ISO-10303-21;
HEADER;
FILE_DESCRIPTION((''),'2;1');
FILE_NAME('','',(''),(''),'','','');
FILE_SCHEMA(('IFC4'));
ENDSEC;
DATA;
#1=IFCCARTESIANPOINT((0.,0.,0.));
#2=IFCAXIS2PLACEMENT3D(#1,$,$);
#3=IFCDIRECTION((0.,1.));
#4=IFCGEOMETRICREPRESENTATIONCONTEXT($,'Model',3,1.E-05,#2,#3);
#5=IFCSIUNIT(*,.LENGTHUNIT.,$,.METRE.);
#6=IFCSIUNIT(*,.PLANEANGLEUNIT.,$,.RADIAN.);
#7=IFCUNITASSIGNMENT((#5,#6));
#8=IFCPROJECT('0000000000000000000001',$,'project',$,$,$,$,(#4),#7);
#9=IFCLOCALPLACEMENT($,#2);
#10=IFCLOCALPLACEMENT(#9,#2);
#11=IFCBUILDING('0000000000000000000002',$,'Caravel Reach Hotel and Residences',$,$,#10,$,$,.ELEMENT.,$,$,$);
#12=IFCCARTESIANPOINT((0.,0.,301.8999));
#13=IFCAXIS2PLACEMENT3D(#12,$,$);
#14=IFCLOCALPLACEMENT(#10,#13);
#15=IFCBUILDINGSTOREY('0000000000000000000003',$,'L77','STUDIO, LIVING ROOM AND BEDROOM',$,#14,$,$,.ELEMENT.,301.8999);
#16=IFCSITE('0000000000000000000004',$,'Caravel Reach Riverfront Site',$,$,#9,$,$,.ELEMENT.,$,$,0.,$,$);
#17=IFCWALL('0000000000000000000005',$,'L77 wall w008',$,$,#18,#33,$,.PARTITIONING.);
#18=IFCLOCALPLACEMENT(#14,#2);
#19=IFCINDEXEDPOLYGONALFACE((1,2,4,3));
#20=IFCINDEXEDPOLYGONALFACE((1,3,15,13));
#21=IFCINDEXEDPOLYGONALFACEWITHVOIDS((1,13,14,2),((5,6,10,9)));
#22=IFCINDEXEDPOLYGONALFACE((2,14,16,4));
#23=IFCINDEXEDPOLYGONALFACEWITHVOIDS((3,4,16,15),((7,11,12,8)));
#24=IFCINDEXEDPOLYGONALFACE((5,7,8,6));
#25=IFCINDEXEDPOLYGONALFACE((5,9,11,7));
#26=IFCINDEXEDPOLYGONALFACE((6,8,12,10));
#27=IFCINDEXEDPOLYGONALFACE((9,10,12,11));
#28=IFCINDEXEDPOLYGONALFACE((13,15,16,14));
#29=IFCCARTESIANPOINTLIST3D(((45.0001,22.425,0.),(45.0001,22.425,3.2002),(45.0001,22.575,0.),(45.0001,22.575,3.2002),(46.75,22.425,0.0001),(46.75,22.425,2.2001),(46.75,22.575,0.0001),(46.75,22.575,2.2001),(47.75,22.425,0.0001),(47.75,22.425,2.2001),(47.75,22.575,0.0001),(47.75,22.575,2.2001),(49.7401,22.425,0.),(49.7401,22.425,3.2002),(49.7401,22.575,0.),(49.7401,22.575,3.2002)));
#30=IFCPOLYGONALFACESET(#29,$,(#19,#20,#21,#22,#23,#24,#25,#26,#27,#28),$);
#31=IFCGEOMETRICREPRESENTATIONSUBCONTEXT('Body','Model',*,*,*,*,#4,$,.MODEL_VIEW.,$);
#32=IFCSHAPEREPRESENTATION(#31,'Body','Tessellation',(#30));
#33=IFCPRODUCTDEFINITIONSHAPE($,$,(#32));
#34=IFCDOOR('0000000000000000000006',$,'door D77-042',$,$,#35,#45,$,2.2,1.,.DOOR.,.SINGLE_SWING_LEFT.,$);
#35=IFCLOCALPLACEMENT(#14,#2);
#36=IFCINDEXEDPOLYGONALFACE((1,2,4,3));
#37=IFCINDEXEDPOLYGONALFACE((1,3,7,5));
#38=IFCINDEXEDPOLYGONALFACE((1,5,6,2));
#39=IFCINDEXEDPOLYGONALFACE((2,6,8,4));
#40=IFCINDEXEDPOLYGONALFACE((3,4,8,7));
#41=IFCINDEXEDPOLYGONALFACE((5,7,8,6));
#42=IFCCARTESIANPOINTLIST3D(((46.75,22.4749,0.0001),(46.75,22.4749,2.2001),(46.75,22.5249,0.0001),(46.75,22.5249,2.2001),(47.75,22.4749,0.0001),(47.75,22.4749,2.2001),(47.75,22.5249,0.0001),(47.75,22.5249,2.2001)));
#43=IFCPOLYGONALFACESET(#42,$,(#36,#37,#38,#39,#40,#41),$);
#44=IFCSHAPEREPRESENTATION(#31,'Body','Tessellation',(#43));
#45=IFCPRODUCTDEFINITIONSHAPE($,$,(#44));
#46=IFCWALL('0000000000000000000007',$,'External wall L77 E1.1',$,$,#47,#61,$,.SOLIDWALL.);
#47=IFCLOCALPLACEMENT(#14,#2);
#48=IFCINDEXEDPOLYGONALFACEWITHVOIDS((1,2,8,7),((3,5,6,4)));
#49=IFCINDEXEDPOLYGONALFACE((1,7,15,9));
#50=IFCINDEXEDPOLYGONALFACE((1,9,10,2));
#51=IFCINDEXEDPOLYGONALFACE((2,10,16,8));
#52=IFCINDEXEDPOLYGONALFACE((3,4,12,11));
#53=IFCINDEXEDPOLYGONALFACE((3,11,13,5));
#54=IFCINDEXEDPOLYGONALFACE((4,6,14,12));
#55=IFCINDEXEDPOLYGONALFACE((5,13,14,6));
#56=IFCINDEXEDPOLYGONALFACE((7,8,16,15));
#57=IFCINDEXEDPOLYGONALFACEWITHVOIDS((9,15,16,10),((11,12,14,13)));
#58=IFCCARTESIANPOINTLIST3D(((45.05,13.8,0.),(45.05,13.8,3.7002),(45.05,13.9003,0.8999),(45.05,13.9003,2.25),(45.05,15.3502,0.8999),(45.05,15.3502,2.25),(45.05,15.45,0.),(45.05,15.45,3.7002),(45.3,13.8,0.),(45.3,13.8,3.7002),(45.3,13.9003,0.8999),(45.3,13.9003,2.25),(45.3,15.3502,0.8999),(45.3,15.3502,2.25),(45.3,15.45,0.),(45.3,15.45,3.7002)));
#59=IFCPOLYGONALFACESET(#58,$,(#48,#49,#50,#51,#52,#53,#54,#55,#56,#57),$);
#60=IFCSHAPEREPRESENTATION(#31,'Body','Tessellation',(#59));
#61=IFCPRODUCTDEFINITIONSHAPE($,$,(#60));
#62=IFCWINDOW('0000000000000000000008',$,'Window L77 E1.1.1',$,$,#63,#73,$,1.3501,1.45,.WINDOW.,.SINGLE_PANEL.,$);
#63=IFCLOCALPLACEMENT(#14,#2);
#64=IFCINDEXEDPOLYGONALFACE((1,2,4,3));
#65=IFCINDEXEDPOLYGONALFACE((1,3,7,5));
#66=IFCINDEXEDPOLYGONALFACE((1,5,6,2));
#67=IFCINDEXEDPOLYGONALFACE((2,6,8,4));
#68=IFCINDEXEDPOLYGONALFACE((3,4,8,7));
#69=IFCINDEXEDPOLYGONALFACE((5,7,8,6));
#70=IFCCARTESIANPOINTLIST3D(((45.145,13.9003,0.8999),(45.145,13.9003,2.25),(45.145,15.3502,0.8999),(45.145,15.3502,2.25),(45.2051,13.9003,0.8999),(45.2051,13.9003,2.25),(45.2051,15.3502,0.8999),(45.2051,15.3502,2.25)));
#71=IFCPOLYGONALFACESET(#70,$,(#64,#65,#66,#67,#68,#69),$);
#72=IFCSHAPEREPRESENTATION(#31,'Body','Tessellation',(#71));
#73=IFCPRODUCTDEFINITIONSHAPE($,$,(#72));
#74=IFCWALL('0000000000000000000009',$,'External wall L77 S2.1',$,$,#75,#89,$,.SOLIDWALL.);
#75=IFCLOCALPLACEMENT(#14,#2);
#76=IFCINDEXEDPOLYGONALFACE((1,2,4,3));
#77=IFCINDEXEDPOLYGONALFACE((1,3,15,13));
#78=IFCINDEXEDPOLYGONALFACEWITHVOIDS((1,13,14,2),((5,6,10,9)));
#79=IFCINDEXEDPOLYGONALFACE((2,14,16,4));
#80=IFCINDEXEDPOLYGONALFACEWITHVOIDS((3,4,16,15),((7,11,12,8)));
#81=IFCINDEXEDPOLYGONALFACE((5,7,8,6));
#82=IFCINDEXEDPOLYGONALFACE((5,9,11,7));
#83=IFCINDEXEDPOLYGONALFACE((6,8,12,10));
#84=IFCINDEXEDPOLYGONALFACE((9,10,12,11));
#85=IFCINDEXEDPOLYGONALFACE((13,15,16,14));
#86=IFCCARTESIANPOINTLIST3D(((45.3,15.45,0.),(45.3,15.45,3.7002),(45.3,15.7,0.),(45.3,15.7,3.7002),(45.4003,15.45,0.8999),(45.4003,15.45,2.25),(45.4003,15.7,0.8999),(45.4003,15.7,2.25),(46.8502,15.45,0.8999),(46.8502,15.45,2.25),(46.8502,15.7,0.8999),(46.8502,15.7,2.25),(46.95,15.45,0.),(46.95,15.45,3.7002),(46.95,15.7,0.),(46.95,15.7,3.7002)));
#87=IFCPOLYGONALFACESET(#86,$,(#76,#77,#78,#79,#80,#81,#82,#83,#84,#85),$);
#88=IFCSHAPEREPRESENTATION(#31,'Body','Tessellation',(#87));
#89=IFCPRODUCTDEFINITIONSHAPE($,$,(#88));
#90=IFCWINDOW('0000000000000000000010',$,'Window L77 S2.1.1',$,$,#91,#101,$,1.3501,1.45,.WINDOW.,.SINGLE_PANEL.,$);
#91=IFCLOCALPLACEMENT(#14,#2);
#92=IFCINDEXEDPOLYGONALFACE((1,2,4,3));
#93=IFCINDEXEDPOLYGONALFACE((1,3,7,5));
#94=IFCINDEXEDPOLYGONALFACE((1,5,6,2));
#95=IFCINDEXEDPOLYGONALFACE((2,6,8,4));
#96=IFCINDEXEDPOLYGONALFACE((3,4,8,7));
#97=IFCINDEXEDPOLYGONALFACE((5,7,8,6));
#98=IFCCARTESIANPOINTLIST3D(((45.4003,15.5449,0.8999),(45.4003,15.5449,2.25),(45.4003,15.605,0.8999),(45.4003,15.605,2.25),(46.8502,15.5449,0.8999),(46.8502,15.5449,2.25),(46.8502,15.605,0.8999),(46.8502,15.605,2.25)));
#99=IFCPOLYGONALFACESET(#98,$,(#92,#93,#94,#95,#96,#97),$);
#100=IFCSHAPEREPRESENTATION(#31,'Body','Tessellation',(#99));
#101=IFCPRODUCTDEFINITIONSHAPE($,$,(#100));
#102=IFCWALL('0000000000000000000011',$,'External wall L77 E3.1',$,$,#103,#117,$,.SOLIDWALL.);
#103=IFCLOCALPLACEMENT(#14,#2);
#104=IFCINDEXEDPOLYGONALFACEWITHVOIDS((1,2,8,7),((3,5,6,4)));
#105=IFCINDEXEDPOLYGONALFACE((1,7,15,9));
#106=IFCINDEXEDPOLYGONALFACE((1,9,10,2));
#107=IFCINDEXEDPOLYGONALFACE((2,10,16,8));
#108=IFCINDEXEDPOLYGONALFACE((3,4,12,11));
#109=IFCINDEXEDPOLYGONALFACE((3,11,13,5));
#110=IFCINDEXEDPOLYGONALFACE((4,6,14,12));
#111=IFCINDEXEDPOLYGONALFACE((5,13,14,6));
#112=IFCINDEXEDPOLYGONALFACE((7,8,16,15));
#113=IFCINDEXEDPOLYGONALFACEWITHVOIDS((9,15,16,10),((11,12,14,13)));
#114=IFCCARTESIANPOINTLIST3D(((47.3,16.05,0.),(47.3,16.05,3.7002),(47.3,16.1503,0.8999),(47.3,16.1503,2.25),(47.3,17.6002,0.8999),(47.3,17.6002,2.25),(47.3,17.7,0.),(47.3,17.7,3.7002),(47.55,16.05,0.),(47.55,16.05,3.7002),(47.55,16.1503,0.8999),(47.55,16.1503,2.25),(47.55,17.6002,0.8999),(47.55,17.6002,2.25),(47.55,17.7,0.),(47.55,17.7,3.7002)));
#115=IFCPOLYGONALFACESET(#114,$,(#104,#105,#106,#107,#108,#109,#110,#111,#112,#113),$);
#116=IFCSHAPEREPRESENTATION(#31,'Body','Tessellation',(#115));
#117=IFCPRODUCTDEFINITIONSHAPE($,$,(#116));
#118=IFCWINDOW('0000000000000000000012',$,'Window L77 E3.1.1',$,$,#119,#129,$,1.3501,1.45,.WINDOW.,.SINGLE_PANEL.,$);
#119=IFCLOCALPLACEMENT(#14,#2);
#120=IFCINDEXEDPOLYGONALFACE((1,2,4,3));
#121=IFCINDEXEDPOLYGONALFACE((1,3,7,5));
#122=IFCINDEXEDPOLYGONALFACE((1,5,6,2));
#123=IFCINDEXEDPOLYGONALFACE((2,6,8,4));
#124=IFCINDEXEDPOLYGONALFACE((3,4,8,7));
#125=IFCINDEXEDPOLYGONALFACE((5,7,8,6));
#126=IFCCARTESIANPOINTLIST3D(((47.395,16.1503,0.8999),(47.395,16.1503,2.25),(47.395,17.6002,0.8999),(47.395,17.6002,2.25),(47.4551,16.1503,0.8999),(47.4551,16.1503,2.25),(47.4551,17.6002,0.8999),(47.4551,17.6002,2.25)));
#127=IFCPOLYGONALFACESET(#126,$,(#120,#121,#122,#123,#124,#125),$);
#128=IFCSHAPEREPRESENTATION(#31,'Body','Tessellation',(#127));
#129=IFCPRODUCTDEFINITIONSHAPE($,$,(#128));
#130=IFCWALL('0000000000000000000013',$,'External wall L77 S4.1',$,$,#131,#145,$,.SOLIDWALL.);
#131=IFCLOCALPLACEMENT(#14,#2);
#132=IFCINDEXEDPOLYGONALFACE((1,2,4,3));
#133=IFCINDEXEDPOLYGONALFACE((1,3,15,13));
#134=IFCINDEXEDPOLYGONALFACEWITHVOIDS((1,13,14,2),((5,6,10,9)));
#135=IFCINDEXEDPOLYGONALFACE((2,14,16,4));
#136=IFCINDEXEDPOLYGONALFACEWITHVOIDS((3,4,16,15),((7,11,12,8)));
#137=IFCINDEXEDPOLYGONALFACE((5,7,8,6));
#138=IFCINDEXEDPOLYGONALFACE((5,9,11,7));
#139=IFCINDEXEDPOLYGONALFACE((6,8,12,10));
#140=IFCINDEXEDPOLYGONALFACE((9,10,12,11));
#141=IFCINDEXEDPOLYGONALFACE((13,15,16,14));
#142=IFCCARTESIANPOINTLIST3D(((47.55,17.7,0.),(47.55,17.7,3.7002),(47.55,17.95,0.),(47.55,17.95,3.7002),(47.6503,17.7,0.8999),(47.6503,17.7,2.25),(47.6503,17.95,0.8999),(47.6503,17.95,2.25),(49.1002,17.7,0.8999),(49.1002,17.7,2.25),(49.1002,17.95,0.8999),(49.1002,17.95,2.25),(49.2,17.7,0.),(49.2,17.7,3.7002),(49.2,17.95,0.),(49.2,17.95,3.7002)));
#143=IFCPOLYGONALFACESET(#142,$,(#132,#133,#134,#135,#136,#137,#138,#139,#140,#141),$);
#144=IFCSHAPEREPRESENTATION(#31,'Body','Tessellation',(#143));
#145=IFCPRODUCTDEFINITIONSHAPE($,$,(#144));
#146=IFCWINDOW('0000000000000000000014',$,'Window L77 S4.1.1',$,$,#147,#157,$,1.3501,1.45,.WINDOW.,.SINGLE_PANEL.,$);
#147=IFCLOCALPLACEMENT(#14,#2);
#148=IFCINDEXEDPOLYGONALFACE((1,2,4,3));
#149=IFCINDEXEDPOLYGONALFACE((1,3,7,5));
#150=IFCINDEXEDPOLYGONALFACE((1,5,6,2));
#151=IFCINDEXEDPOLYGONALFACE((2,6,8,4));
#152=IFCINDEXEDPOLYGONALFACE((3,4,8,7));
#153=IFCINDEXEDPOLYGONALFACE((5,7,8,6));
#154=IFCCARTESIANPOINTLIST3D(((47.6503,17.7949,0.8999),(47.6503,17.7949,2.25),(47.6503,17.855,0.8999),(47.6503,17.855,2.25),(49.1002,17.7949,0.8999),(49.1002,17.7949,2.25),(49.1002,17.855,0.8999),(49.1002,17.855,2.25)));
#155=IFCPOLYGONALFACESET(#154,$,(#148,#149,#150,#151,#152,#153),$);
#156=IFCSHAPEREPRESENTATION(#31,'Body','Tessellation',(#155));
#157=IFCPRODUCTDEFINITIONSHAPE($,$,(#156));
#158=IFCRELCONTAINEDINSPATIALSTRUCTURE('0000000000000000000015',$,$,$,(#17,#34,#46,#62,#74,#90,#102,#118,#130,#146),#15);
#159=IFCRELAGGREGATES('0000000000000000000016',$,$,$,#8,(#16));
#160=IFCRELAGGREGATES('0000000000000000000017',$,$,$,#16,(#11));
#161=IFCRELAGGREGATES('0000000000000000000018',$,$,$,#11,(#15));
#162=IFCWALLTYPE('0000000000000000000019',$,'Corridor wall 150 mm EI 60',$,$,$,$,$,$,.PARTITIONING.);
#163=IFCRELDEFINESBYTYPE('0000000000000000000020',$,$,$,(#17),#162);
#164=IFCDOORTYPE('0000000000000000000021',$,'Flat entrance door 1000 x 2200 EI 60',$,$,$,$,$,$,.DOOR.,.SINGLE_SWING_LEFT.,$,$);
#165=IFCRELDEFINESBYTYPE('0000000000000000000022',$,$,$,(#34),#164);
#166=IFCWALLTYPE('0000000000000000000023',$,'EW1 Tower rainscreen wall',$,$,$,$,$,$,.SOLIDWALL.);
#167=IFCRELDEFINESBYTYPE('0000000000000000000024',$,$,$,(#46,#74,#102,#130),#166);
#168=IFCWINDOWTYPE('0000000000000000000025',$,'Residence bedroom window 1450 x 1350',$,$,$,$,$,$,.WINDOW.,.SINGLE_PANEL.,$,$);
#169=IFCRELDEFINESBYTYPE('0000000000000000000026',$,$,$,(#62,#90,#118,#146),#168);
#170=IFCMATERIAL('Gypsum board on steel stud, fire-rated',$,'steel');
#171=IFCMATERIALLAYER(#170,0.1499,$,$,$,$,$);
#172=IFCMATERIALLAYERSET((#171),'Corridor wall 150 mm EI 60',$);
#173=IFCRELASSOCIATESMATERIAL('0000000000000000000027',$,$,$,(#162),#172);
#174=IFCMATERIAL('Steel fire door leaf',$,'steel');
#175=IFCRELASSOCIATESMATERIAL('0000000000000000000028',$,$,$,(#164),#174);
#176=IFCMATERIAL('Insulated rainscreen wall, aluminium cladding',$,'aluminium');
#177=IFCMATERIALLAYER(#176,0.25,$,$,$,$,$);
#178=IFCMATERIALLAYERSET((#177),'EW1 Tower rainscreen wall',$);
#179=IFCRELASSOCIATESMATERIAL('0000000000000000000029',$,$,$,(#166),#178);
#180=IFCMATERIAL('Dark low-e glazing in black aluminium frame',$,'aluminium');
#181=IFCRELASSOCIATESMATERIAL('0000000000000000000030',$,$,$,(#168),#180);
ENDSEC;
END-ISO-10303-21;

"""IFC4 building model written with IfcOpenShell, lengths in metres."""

from ifc_helpers import new_model, si_unit, direction, frame, frame_2d, origin, place, context, subcontext, project, spatial, rectangle, extrude, material, layer, layer_set, type_object, element, fill, save


model = new_model("IFC4")

# Units and contexts
model_context = context("Model", 3, precision=1e-05, world=origin(), true_north=direction((0.0, 1.0)))
body_context = subcontext(model_context, "Body", "Model", "MODEL_VIEW")
ifc_project = project(units=[si_unit("LENGTHUNIT", "METRE"), si_unit("PLANEANGLEUNIT", "RADIAN")], contexts=[model_context])

# Site, building, storey
site_placement = place(None, origin())
site = spatial("IfcSite", under=ifc_project, at=site_placement, Name="Caravel Reach Riverfront Site", CompositionType="ELEMENT", RefElevation=0.0)
building_placement = place(site_placement, origin())
building = spatial("IfcBuilding", under=site, at=building_placement, Name="Caravel Reach Hotel and Residences", CompositionType="ELEMENT")
storey_placement = place(building_placement, frame((0.0, 0.0, 301.8999)))
storey = spatial("IfcBuildingStorey", under=building, at=storey_placement, Name="L77", Description="STUDIO, LIVING ROOM AND BEDROOM", CompositionType="ELEMENT", Elevation=301.8999)

# Wall, opening, door
ifc_material_1 = material(Name="Gypsum board on steel stud, fire-rated", Category="steel")
ifc_layer_1 = layer(ifc_material_1, 0.1499)
ifc_layer_set_1 = layer_set([ifc_layer_1], Name="Corridor wall 150 mm EI 60")
wall_type_1 = type_object("IfcWallType", Name="Corridor wall 150 mm EI 60", PredefinedType="PARTITIONING", material=ifc_layer_set_1)
wall_1_placement = place(storey_placement, frame((45.0, 22.5, 0.0), z_axis=(0.0, 0.0, 1.0), x_axis=(1.0, 0.0, 0.0)))
wall_1 = element("IfcWall", 1, at=wall_1_placement, inside=storey, type_object=wall_type_1, Name="L77 wall w008", PredefinedType="PARTITIONING", context=body_context, shape_type="SweptSolid", body=[
    extrude(rectangle(XDim=4.74, YDim=0.1499, at=frame_2d((2.3701, 0.0))), origin(), (0.0, 0.0, 1.0), 3.2002),
])
opening_1_placement = place(wall_1_placement, frame((1.75, 0.0, 0.0)))
opening_1 = element("IfcOpeningElement", 2, at=opening_1_placement, cuts=wall_1, PredefinedType="OPENING", context=body_context, shape_type="SweptSolid", body=[
    extrude(rectangle(XDim=1.0, YDim=2.2, at=frame_2d((0.5, 1.1001))), frame((0.0, 0.085, 0.0), z_axis=(0.0, -1.0, 0.0), x_axis=(1.0, 0.0, 0.0)), (0.0, 0.0, 1.0), 0.1699),
])
ifc_material_2 = material(Name="Steel fire door leaf", Category="steel")
door_type = type_object("IfcDoorType", Name="Flat entrance door 1000 x 2200 EI 60", OperationType="SINGLE_SWING_LEFT", PredefinedType="DOOR", material=ifc_material_2)
door_placement = place(opening_1_placement, origin())
door = element("IfcDoor", 3, at=door_placement, inside=storey, type_object=door_type, Name="door D77-042", OperationType="SINGLE_SWING_LEFT", OverallHeight=2.2, OverallWidth=1.0, PredefinedType="DOOR", context=body_context, shape_type="SweptSolid", body=[
    extrude(rectangle(XDim=1.0, YDim=2.2, at=frame_2d((0.5, 1.1001))), frame((0.0, 0.0249, 0.0), z_axis=(0.0, -1.0, 0.0), x_axis=(1.0, 0.0, 0.0)), (0.0, 0.0, 1.0), 0.05),
])
fill(opening_1, door)

# Walls, openings, windows
ifc_material_3 = material(Name="Insulated rainscreen wall, aluminium cladding", Category="aluminium")
ifc_layer_2 = layer(ifc_material_3, 0.25)
ifc_layer_set_2 = layer_set([ifc_layer_2], Name="EW1 Tower rainscreen wall")
wall_type_2 = type_object("IfcWallType", Name="EW1 Tower rainscreen wall", PredefinedType="SOLIDWALL", material=ifc_layer_set_2)
wall_2_placement = place(storey_placement, frame((45.175, 13.8, 0.0), z_axis=(0.0, 0.0, 1.0), x_axis=(0.0, 1.0, 0.0)))
wall_2 = element("IfcWall", 4, at=wall_2_placement, inside=storey, type_object=wall_type_2, Name="External wall L77 E1.1", PredefinedType="SOLIDWALL", context=body_context, shape_type="SweptSolid", body=[
    extrude(rectangle(XDim=1.6499, YDim=0.25, at=frame_2d((0.825, 0.0))), origin(), (0.0, 0.0, 1.0), 3.7002),
])
opening_2_placement = place(wall_2_placement, frame((0.1001, 0.0, 0.8999)))
opening_2 = element("IfcOpeningElement", 5, at=opening_2_placement, cuts=wall_2, PredefinedType="OPENING", context=body_context, shape_type="SweptSolid", body=[
    extrude(rectangle(XDim=1.45, YDim=1.3501, at=frame_2d((0.7251, 0.675))), frame((0.0, 0.135, 0.0), z_axis=(0.0, -1.0, 0.0), x_axis=(1.0, 0.0, 0.0)), (0.0, 0.0, 1.0), 0.27),
])
ifc_material_4 = material(Name="Dark low-e glazing in black aluminium frame", Category="aluminium")
window_type_1 = type_object("IfcWindowType", Name="Residence bedroom window 1450 x 1350", PartitioningType="SINGLE_PANEL", PredefinedType="WINDOW", material=ifc_material_4)
window_1_placement = place(opening_2_placement, origin())
window_1 = element("IfcWindow", 6, at=window_1_placement, inside=storey, type_object=window_type_1, Name="Window L77 E1.1.1", OverallHeight=1.3501, OverallWidth=1.45, PartitioningType="SINGLE_PANEL", PredefinedType="WINDOW", context=body_context, shape_type="SweptSolid", body=[
    extrude(rectangle(XDim=1.45, YDim=1.3501, at=frame_2d((0.7251, 0.675))), frame((0.0, 0.03, 0.0), z_axis=(0.0, -1.0, 0.0), x_axis=(1.0, 0.0, 0.0)), (0.0, 0.0, 1.0), 0.0601),
])
fill(opening_2, window_1)
wall_3_placement = place(storey_placement, frame((45.3, 15.575, 0.0), z_axis=(0.0, 0.0, 1.0), x_axis=(1.0, 0.0, 0.0)))
wall_3 = element("IfcWall", 7, at=wall_3_placement, inside=storey, type_object=wall_type_2, Name="External wall L77 S2.1", PredefinedType="SOLIDWALL", context=body_context, shape_type="SweptSolid", body=[
    extrude(rectangle(XDim=1.6499, YDim=0.25, at=frame_2d((0.825, 0.0))), origin(), (0.0, 0.0, 1.0), 3.7002),
])
opening_3_placement = place(wall_3_placement, frame((0.1001, 0.0, 0.8999)))
opening_3 = element("IfcOpeningElement", 8, at=opening_3_placement, cuts=wall_3, PredefinedType="OPENING", context=body_context, shape_type="SweptSolid", body=[
    extrude(rectangle(XDim=1.45, YDim=1.3501, at=frame_2d((0.7251, 0.675))), frame((0.0, 0.135, 0.0), z_axis=(0.0, -1.0, 0.0), x_axis=(1.0, 0.0, 0.0)), (0.0, 0.0, 1.0), 0.27),
])
window_2_placement = place(opening_3_placement, origin())
window_2 = element("IfcWindow", 9, at=window_2_placement, inside=storey, type_object=window_type_1, Name="Window L77 S2.1.1", OverallHeight=1.3501, OverallWidth=1.45, PartitioningType="SINGLE_PANEL", PredefinedType="WINDOW", context=body_context, shape_type="SweptSolid", body=[
    extrude(rectangle(XDim=1.45, YDim=1.3501, at=frame_2d((0.7251, 0.675))), frame((0.0, 0.03, 0.0), z_axis=(0.0, -1.0, 0.0), x_axis=(1.0, 0.0, 0.0)), (0.0, 0.0, 1.0), 0.0601),
])
fill(opening_3, window_2)
wall_4_placement = place(storey_placement, frame((47.425, 16.05, 0.0), z_axis=(0.0, 0.0, 1.0), x_axis=(0.0, 1.0, 0.0)))
wall_4 = element("IfcWall", 10, at=wall_4_placement, inside=storey, type_object=wall_type_2, Name="External wall L77 E3.1", PredefinedType="SOLIDWALL", context=body_context, shape_type="SweptSolid", body=[
    extrude(rectangle(XDim=1.6499, YDim=0.25, at=frame_2d((0.825, 0.0))), origin(), (0.0, 0.0, 1.0), 3.7002),
])
opening_4_placement = place(wall_4_placement, frame((0.1001, 0.0, 0.8999)))
opening_4 = element("IfcOpeningElement", 11, at=opening_4_placement, cuts=wall_4, PredefinedType="OPENING", context=body_context, shape_type="SweptSolid", body=[
    extrude(rectangle(XDim=1.45, YDim=1.3501, at=frame_2d((0.7251, 0.675))), frame((0.0, 0.135, 0.0), z_axis=(0.0, -1.0, 0.0), x_axis=(1.0, 0.0, 0.0)), (0.0, 0.0, 1.0), 0.27),
])
window_3_placement = place(opening_4_placement, origin())
window_3 = element("IfcWindow", 12, at=window_3_placement, inside=storey, type_object=window_type_1, Name="Window L77 E3.1.1", OverallHeight=1.3501, OverallWidth=1.45, PartitioningType="SINGLE_PANEL", PredefinedType="WINDOW", context=body_context, shape_type="SweptSolid", body=[
    extrude(rectangle(XDim=1.45, YDim=1.3501, at=frame_2d((0.7251, 0.675))), frame((0.0, 0.03, 0.0), z_axis=(0.0, -1.0, 0.0), x_axis=(1.0, 0.0, 0.0)), (0.0, 0.0, 1.0), 0.0601),
])
fill(opening_4, window_3)
wall_5_placement = place(storey_placement, frame((47.55, 17.825, 0.0), z_axis=(0.0, 0.0, 1.0), x_axis=(1.0, 0.0, 0.0)))
wall_5 = element("IfcWall", 13, at=wall_5_placement, inside=storey, type_object=wall_type_2, Name="External wall L77 S4.1", PredefinedType="SOLIDWALL", context=body_context, shape_type="SweptSolid", body=[
    extrude(rectangle(XDim=1.6499, YDim=0.25, at=frame_2d((0.825, 0.0))), origin(), (0.0, 0.0, 1.0), 3.7002),
])
opening_5_placement = place(wall_5_placement, frame((0.1001, 0.0, 0.8999)))
opening_5 = element("IfcOpeningElement", 14, at=opening_5_placement, cuts=wall_5, PredefinedType="OPENING", context=body_context, shape_type="SweptSolid", body=[
    extrude(rectangle(XDim=1.45, YDim=1.3501, at=frame_2d((0.7251, 0.675))), frame((0.0, 0.135, 0.0), z_axis=(0.0, -1.0, 0.0), x_axis=(1.0, 0.0, 0.0)), (0.0, 0.0, 1.0), 0.27),
])
window_4_placement = place(opening_5_placement, origin())
window_4 = element("IfcWindow", 15, at=window_4_placement, inside=storey, type_object=window_type_1, Name="Window L77 S4.1.1", OverallHeight=1.3501, OverallWidth=1.45, PartitioningType="SINGLE_PANEL", PredefinedType="WINDOW", context=body_context, shape_type="SweptSolid", body=[
    extrude(rectangle(XDim=1.45, YDim=1.3501, at=frame_2d((0.7251, 0.675))), frame((0.0, 0.03, 0.0), z_axis=(0.0, -1.0, 0.0), x_axis=(1.0, 0.0, 0.0)), (0.0, 0.0, 1.0), 0.0601),
])
fill(opening_5, window_4)

save(model, "model.ifc")
